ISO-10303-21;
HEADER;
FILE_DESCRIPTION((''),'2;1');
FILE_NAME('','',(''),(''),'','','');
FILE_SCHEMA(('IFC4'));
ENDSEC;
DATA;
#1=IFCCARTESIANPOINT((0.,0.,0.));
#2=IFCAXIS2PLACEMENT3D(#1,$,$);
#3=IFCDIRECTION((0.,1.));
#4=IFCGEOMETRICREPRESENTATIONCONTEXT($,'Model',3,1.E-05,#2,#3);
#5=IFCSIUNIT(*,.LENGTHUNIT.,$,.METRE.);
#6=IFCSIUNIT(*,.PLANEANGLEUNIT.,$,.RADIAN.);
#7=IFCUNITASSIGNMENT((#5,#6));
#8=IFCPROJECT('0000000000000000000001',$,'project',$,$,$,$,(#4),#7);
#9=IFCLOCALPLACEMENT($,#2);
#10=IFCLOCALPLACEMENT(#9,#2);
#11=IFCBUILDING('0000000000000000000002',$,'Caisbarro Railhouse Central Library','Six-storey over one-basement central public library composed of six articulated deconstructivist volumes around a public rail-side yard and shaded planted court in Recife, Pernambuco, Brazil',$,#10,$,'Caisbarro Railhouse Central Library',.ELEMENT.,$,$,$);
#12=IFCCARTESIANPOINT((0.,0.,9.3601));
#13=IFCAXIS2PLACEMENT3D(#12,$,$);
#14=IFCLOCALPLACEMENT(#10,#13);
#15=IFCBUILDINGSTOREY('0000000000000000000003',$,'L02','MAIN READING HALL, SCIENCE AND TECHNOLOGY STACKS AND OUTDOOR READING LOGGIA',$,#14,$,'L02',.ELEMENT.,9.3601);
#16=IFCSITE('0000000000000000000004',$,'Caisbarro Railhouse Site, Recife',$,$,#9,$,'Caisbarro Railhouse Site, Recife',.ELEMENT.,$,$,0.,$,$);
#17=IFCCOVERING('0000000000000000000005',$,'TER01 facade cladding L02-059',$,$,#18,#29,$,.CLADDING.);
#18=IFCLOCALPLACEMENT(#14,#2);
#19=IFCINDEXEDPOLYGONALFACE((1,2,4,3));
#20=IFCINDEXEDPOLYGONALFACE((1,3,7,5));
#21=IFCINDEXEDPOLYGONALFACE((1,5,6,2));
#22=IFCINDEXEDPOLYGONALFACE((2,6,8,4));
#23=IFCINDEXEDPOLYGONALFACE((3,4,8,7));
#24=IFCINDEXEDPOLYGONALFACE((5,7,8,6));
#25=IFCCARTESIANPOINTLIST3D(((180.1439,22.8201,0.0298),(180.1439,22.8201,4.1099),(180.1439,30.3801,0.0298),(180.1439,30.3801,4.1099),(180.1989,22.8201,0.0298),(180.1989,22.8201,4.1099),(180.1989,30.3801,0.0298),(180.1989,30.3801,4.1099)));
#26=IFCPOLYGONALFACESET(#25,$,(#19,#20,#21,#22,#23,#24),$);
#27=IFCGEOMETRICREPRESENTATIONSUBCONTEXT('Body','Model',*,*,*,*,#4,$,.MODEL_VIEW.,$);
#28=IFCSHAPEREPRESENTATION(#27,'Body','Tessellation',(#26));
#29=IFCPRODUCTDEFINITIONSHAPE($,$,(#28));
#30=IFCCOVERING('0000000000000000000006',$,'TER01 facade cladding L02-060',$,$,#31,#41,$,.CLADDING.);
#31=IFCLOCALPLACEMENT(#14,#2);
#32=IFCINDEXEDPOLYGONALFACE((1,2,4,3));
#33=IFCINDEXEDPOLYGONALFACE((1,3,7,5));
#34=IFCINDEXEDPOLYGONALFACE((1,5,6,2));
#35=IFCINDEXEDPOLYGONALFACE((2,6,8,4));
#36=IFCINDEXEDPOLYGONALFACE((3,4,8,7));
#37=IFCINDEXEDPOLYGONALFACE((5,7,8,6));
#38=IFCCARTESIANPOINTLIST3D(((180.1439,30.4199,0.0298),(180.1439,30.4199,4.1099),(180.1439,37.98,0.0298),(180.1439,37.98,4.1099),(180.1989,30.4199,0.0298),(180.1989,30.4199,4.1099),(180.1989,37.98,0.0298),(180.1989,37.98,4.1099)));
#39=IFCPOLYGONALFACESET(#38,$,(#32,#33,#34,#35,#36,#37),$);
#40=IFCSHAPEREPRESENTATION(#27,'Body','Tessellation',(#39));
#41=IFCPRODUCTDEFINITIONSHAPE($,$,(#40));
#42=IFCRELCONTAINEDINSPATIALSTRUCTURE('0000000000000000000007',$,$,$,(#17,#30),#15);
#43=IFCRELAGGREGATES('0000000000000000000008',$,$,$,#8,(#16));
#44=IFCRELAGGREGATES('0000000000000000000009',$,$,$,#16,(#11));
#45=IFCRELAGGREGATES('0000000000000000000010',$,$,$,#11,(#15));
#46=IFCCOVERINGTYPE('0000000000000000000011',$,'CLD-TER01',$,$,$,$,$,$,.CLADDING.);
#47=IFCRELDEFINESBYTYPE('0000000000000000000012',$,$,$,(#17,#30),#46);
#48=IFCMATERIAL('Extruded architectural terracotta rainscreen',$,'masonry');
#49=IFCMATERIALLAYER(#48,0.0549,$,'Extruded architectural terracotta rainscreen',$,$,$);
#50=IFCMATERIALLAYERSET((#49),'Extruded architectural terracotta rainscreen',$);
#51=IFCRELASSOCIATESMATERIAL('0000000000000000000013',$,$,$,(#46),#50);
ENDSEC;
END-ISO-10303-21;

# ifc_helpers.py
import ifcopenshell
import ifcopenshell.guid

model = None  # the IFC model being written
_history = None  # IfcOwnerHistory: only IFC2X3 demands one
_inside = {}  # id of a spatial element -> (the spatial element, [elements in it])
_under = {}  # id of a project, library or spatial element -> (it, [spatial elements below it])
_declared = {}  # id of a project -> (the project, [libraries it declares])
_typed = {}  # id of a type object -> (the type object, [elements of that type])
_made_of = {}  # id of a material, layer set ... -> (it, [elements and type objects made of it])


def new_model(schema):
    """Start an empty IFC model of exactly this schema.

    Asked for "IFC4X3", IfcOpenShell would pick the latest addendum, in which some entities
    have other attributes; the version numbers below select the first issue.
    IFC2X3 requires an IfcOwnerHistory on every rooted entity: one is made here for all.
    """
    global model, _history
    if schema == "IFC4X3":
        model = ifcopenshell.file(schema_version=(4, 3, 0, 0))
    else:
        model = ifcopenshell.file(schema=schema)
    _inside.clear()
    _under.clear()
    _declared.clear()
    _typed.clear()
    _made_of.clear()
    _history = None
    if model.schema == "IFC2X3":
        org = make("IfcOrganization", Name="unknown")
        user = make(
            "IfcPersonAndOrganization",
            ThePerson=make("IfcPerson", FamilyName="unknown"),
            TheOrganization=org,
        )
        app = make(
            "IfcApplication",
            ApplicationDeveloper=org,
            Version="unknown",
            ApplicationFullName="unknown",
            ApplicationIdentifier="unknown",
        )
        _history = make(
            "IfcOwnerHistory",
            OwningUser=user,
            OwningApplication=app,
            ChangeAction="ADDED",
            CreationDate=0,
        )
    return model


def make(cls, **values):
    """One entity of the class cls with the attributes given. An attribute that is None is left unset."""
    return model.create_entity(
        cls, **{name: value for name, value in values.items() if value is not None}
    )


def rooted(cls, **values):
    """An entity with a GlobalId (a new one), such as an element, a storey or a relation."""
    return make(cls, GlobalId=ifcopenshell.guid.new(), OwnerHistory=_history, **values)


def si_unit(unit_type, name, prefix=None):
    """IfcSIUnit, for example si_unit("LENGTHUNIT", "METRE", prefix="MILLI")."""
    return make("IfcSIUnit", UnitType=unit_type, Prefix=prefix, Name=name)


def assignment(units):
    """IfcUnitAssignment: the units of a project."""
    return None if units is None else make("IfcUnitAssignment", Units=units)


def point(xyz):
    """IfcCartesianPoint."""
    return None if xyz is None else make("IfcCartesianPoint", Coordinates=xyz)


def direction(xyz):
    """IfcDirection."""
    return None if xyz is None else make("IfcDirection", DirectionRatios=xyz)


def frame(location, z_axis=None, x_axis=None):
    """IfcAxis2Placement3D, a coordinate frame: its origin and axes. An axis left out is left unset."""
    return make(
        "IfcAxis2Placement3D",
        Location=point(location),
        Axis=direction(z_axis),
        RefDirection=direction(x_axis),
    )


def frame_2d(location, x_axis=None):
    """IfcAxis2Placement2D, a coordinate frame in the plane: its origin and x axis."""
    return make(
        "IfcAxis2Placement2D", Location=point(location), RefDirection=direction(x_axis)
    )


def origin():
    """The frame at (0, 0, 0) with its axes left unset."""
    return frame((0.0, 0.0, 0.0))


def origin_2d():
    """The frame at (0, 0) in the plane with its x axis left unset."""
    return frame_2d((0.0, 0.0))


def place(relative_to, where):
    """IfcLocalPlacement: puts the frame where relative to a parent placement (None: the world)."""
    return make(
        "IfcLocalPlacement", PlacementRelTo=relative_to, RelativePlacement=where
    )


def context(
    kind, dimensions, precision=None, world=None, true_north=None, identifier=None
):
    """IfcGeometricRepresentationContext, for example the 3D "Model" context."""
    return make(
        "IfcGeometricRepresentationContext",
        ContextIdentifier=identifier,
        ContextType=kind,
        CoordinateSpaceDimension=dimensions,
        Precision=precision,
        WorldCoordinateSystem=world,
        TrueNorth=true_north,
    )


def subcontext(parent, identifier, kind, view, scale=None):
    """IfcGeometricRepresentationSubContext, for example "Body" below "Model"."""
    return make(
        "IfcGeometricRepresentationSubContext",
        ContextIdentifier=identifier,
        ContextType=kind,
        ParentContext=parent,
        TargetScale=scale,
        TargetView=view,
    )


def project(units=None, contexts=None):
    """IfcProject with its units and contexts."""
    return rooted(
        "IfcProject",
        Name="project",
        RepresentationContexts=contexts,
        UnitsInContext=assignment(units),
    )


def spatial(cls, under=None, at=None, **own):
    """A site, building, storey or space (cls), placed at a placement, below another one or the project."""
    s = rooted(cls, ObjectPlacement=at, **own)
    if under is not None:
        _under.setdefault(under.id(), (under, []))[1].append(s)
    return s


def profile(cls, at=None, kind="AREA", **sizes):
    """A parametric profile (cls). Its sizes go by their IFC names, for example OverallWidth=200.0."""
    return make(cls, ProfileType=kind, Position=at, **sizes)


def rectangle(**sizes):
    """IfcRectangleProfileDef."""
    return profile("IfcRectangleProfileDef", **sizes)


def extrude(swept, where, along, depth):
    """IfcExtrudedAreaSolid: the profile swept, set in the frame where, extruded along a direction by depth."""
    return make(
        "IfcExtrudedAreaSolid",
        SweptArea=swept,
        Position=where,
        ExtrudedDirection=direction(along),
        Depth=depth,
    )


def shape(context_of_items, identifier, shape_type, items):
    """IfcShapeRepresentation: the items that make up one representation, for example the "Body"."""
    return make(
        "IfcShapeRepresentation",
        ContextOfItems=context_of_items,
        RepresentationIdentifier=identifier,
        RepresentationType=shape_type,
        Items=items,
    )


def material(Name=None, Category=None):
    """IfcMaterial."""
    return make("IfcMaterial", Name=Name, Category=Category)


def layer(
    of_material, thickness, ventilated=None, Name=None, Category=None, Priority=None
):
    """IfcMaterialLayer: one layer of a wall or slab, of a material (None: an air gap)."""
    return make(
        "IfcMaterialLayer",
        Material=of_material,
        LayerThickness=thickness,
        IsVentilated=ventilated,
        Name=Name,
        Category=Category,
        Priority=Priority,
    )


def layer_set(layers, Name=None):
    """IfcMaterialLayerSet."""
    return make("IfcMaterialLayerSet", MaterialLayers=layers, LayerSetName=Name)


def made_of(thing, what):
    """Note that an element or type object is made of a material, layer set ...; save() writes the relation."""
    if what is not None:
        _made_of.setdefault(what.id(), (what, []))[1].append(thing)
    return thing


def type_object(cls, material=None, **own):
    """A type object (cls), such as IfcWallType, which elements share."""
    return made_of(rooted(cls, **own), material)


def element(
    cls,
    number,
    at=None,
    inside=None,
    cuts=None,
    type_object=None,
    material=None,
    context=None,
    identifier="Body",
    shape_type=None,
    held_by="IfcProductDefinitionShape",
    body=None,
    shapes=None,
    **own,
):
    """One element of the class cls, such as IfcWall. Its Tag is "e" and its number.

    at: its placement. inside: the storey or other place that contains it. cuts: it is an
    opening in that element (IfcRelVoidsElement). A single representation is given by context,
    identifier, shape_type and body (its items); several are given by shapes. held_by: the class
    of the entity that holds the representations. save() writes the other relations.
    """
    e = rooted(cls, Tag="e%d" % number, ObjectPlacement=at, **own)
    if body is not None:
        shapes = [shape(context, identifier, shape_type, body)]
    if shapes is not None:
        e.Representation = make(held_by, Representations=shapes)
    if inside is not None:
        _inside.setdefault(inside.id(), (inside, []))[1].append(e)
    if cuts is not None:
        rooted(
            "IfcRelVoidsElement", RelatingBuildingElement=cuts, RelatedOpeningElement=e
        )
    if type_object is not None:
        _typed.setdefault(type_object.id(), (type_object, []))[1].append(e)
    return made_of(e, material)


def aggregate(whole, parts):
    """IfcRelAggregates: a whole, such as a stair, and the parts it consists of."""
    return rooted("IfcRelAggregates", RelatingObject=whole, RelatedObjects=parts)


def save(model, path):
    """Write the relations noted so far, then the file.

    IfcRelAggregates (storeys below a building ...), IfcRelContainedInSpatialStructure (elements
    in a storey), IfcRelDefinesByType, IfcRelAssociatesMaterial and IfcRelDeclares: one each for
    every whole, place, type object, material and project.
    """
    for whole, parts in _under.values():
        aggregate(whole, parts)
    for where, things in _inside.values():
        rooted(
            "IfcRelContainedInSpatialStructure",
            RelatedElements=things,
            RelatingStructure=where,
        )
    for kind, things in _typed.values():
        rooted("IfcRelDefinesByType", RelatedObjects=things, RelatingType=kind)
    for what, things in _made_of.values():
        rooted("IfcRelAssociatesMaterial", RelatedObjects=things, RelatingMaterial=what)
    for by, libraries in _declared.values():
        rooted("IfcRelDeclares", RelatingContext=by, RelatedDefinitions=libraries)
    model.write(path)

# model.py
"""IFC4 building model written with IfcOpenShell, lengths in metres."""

from ifc_helpers import new_model, si_unit, direction, frame, origin, origin_2d, place, context, subcontext, project, spatial, rectangle, extrude, material, layer, layer_set, type_object, element, save


model = new_model("IFC4")

# Units and contexts
model_context = context("Model", 3, precision=1e-05, world=origin(), true_north=direction((0.0, 1.0)))
body_context = subcontext(model_context, "Body", "Model", "MODEL_VIEW")
ifc_project = project(units=[si_unit("LENGTHUNIT", "METRE"), si_unit("PLANEANGLEUNIT", "RADIAN")], contexts=[model_context])

# Site, building, storey
site_placement = place(None, origin())
site = spatial("IfcSite", under=ifc_project, at=site_placement, Name="Caisbarro Railhouse Site, Recife", LongName="Caisbarro Railhouse Site, Recife", CompositionType="ELEMENT", RefElevation=0.0)
building_placement = place(site_placement, origin())
building = spatial("IfcBuilding", under=site, at=building_placement, Name="Caisbarro Railhouse Central Library", Description="Six-storey over one-basement central public library composed of six articulated deconstructivist volumes around a public rail-side yard and shaded planted court in Recife, Pernambuco, Brazil", LongName="Caisbarro Railhouse Central Library", CompositionType="ELEMENT")
storey_placement = place(building_placement, frame((0.0, 0.0, 9.3601)))
storey = spatial("IfcBuildingStorey", under=building, at=storey_placement, Name="L02", Description="MAIN READING HALL, SCIENCE AND TECHNOLOGY STACKS AND OUTDOOR READING LOGGIA", LongName="L02", CompositionType="ELEMENT", Elevation=9.3601)

# Coverings
ifc_material_1 = material(Name="Extruded architectural terracotta rainscreen", Category="masonry")
ifc_layer_1 = layer(ifc_material_1, 0.0549, Name="Extruded architectural terracotta rainscreen")
ifc_layer_set_1 = layer_set([ifc_layer_1], Name="Extruded architectural terracotta rainscreen")
covering_type = type_object("IfcCoveringType", Name="CLD-TER01", PredefinedType="CLADDING", material=ifc_layer_set_1)
for number, where, z_axis, x_axis, name in (
    (1, (180.1714, 26.6001, 0.0298), (0.0, 0.0, 1.0), (0.0, 1.0, 0.0), "TER01 facade cladding L02-059"),
    (2, (180.1714, 34.2, 0.0298), (0.0, 0.0, 1.0), (0.0, 1.0, 0.0), "TER01 facade cladding L02-060"),
):
    element("IfcCovering", number, at=place(storey_placement, frame(where, z_axis=z_axis, x_axis=x_axis)), inside=storey, type_object=covering_type, Name=name, PredefinedType="CLADDING", context=body_context, shape_type="SweptSolid", body=[
        extrude(rectangle(XDim=7.5601, YDim=0.0549, at=origin_2d()), origin(), (0.0, 0.0, 1.0), 4.0801),
    ])

save(model, "model.ifc")
